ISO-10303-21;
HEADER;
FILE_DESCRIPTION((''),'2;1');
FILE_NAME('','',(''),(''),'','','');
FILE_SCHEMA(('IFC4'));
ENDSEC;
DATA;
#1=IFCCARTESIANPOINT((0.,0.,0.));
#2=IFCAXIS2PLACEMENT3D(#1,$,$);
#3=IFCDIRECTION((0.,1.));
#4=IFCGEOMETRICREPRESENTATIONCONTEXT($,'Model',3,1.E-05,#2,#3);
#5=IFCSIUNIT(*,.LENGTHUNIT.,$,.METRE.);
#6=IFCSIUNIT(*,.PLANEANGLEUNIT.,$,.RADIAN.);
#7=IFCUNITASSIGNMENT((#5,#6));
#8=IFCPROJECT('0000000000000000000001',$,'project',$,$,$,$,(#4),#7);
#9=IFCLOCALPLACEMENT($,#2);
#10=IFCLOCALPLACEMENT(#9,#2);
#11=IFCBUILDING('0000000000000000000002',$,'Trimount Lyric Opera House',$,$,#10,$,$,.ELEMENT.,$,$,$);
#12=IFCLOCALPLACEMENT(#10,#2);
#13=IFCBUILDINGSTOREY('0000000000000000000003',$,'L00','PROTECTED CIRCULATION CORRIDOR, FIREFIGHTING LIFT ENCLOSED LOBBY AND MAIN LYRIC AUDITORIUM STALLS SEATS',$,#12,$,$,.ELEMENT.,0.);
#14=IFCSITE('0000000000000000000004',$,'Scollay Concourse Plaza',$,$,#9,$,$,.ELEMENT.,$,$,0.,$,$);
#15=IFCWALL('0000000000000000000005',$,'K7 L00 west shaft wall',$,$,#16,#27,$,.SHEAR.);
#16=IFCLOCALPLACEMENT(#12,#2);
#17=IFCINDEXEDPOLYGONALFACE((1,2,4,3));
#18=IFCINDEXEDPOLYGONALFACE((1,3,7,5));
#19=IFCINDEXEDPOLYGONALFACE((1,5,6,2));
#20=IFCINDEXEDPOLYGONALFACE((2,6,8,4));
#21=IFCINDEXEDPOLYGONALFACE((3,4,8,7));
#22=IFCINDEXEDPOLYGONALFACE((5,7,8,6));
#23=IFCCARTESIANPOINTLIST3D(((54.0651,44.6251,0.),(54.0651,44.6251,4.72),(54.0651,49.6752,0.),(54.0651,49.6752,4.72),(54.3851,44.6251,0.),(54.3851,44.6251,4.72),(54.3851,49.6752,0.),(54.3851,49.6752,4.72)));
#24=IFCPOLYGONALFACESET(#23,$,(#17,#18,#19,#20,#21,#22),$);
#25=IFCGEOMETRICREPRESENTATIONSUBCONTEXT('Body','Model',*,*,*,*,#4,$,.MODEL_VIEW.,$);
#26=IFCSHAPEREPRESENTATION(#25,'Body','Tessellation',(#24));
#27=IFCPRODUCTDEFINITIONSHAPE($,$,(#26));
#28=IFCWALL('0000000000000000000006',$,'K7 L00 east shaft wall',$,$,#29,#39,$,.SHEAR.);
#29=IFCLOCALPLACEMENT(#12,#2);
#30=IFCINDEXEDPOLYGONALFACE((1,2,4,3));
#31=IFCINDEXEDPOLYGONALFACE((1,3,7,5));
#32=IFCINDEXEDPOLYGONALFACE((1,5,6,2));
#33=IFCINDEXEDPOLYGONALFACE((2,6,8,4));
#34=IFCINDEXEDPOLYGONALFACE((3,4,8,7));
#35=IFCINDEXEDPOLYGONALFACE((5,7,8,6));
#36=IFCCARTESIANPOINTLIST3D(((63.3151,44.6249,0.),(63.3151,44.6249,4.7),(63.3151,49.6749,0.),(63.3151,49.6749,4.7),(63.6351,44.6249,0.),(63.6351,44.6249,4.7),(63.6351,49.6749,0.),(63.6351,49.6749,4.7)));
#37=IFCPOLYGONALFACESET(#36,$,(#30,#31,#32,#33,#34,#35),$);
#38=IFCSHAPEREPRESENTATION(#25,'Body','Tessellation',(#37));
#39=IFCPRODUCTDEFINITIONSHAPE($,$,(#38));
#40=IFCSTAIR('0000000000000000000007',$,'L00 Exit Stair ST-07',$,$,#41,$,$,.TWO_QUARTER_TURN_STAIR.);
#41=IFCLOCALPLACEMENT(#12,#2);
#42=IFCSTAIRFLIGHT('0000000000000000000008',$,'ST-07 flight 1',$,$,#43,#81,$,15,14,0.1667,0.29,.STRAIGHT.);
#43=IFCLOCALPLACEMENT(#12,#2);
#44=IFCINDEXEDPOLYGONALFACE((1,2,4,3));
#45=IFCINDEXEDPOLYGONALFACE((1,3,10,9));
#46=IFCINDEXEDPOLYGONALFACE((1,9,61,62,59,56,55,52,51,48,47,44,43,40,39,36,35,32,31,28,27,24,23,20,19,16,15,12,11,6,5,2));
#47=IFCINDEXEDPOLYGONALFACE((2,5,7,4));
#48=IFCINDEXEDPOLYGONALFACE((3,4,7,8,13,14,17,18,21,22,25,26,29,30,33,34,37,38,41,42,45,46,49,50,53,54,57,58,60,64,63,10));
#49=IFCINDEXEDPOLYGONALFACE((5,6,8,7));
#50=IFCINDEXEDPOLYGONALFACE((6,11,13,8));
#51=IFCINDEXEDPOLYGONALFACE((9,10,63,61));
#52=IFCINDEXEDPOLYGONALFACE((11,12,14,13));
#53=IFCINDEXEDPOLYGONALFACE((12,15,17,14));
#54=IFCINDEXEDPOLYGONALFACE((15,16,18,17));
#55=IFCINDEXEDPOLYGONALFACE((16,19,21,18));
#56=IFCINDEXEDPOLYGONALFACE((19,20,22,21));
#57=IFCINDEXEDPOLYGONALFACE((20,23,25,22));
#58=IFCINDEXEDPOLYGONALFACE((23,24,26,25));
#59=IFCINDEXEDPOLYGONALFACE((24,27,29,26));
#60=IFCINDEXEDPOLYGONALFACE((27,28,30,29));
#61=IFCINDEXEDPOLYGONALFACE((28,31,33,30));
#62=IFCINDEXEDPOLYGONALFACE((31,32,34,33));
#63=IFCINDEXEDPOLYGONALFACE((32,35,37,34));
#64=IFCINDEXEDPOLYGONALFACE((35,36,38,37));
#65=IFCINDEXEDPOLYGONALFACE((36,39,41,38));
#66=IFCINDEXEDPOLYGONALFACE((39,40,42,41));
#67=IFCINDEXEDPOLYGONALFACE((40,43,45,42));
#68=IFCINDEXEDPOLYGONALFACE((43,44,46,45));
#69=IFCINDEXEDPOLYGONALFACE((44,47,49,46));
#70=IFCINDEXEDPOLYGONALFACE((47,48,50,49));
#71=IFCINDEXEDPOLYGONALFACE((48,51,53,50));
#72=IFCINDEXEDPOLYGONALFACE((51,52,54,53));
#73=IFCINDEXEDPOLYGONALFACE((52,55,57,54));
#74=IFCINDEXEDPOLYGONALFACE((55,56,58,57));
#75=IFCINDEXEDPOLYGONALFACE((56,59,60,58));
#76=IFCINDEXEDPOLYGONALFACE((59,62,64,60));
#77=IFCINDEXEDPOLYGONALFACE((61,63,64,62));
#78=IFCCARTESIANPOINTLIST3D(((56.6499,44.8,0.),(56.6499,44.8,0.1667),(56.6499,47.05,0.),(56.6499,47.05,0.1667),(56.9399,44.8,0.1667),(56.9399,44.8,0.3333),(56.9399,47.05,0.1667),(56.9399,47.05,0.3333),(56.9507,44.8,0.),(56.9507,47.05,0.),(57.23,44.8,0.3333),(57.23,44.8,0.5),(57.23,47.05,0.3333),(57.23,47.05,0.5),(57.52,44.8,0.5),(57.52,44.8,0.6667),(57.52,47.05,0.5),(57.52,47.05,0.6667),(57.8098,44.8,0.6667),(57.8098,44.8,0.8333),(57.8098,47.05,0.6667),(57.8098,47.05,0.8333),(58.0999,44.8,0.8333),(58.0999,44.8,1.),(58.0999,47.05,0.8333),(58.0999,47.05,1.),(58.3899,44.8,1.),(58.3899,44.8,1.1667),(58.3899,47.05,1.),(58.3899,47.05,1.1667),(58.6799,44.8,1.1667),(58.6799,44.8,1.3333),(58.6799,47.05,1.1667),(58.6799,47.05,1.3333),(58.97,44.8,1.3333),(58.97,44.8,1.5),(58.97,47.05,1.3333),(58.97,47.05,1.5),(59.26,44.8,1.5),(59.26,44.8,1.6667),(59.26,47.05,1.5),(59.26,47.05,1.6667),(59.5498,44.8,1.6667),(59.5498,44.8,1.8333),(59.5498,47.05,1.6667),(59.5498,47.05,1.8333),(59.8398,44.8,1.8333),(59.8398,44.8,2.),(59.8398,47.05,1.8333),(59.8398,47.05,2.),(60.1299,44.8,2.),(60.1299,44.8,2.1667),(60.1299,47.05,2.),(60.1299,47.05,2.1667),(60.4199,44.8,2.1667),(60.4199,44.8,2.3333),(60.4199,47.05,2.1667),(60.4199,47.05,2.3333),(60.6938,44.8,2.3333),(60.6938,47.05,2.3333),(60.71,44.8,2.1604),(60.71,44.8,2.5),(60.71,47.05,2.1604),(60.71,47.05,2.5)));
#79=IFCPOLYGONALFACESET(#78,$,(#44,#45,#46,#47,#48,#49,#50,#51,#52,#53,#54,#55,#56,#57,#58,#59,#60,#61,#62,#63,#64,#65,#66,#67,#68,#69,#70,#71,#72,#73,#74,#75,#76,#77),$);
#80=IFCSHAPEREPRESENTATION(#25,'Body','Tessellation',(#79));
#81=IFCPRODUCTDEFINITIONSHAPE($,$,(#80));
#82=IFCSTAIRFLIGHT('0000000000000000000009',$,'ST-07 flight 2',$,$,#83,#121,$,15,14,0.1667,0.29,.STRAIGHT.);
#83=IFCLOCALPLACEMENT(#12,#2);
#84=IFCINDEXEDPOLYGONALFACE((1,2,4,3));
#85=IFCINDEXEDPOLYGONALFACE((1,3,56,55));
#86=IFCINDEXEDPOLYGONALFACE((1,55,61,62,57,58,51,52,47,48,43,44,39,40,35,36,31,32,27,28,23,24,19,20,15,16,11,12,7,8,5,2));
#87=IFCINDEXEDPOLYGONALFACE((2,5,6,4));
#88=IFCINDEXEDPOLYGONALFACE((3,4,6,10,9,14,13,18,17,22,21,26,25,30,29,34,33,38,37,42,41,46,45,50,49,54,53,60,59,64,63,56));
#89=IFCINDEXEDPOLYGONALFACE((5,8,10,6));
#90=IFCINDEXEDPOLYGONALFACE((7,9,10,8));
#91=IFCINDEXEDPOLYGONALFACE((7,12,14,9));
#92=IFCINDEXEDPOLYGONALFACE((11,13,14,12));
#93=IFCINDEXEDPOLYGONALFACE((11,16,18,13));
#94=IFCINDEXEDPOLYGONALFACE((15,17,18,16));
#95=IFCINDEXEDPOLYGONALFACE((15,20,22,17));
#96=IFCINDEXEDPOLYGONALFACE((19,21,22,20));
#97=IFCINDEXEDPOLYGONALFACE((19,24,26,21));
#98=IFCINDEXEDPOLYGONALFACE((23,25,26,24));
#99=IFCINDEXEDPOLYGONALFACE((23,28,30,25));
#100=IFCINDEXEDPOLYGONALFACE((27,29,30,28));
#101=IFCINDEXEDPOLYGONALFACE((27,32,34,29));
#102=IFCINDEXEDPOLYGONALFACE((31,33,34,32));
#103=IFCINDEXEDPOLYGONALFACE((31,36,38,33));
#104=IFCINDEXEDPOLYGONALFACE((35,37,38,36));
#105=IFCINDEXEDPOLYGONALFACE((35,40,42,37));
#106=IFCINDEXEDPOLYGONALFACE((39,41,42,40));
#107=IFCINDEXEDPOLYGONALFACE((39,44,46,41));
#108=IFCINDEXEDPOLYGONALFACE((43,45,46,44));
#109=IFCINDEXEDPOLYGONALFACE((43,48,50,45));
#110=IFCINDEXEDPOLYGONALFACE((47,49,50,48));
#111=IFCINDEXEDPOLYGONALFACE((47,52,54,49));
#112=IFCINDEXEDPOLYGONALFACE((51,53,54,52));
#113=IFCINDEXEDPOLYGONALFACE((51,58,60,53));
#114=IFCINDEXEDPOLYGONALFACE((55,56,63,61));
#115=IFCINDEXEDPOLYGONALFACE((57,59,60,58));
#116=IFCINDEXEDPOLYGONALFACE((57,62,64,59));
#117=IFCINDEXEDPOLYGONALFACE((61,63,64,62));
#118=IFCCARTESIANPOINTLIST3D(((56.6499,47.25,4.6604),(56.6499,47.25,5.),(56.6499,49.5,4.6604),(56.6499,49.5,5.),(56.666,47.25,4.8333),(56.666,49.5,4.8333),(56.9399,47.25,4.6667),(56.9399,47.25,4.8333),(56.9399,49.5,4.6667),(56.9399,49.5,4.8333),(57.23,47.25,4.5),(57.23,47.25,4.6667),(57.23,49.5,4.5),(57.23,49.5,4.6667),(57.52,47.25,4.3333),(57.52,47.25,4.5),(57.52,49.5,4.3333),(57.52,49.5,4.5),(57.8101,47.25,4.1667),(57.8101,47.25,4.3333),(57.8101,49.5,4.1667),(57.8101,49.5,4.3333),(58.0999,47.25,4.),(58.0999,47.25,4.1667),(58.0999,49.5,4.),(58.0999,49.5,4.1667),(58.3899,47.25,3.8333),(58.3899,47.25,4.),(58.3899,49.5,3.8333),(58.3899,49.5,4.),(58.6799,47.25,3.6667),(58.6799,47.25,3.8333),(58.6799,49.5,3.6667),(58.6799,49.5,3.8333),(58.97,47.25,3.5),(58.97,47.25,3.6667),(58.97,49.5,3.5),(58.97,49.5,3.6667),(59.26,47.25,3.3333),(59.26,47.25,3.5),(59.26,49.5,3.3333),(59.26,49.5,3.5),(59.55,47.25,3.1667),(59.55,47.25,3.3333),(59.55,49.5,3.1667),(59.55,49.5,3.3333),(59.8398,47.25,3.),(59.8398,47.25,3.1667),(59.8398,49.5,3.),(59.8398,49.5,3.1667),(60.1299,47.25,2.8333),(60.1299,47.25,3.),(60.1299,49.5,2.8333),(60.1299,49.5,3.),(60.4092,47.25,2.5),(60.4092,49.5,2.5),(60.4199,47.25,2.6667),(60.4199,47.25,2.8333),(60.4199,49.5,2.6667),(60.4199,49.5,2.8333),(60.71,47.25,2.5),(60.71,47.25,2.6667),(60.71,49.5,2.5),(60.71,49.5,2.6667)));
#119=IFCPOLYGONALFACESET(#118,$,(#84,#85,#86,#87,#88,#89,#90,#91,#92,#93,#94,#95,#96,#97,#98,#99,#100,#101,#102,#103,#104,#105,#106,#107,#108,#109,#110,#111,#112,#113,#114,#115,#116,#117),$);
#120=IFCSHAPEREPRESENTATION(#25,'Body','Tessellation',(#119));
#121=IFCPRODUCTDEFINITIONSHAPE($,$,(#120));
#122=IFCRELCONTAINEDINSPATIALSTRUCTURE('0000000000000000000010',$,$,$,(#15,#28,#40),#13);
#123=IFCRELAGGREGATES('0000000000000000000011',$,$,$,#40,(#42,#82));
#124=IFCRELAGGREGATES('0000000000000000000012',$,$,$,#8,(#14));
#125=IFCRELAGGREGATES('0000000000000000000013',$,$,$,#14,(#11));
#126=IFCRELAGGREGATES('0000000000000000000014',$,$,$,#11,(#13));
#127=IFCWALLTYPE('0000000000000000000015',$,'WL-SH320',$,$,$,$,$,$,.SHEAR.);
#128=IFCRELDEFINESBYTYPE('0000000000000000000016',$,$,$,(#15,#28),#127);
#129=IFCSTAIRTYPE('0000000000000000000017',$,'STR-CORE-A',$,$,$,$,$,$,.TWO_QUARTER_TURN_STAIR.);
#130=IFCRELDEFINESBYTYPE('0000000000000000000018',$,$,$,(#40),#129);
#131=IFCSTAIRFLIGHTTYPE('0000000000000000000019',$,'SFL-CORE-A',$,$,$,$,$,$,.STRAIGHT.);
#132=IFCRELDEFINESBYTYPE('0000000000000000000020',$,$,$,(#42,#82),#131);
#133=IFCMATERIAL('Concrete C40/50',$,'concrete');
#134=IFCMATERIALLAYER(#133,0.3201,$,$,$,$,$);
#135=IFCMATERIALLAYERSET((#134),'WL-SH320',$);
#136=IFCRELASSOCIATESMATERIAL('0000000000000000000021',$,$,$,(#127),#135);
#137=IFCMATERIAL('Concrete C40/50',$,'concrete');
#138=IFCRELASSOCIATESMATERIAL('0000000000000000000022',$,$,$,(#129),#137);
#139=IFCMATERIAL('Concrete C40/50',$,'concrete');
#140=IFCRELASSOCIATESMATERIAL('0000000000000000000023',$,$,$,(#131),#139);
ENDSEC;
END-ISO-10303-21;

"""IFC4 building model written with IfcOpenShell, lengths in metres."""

from ifc_helpers import new_model, si_unit, direction, frame, frame_2d, origin, place, context, subcontext, project, spatial, polyline, rectangle, outline, extrude, material, layer, layer_set, type_object, element, aggregate, save


model = new_model("IFC4")

# Units and contexts
model_context = context("Model", 3, precision=1e-05, world=origin(), true_north=direction((0.0, 1.0)))
body_context = subcontext(model_context, "Body", "Model", "MODEL_VIEW")
ifc_project = project(units=[si_unit("LENGTHUNIT", "METRE"), si_unit("PLANEANGLEUNIT", "RADIAN")], contexts=[model_context])

# Site, building, storey
site_placement = place(None, origin())
site = spatial("IfcSite", under=ifc_project, at=site_placement, Name="Scollay Concourse Plaza", CompositionType="ELEMENT", RefElevation=0.0)
building_placement = place(site_placement, origin())
building = spatial("IfcBuilding", under=site, at=building_placement, Name="Trimount Lyric Opera House", CompositionType="ELEMENT")
storey_placement = place(building_placement, origin())
storey = spatial("IfcBuildingStorey", under=building, at=storey_placement, Name="L00", Description="PROTECTED CIRCULATION CORRIDOR, FIREFIGHTING LIFT ENCLOSED LOBBY AND MAIN LYRIC AUDITORIUM STALLS SEATS", CompositionType="ELEMENT", Elevation=0.0)

# Walls
ifc_material_1 = material(Name="Concrete C40/50", Category="concrete")
ifc_layer_1 = layer(ifc_material_1, 0.3201)
ifc_layer_set_1 = layer_set([ifc_layer_1], Name="WL-SH320")
wall_type_1 = type_object("IfcWallType", Name="WL-SH320", PredefinedType="SHEAR", material=ifc_layer_set_1)
wall_1_placement = place(storey_placement, frame((54.2251, 49.675, 0.0), z_axis=(0.0, 0.0, 1.0), x_axis=(0.0, -1.0, 0.0)))
element("IfcWall", 1, at=wall_1_placement, inside=storey, type_object=wall_type_1, Name="K7 L00 west shaft wall", PredefinedType="SHEAR", context=body_context, shape_type="SweptSolid", body=[
    extrude(rectangle(XDim=5.05, YDim=0.3201, at=frame_2d((2.5249, 0.0))), origin(), (0.0, 0.0, 1.0), 4.72),
])
wall_2_placement = place(storey_placement, frame((63.4751, 44.625, 0.0), z_axis=(0.0, 0.0, 1.0), x_axis=(0.0, 1.0, 0.0)))
element("IfcWall", 2, at=wall_2_placement, inside=storey, type_object=wall_type_1, Name="K7 L00 east shaft wall", PredefinedType="SHEAR", context=body_context, shape_type="SweptSolid", body=[
    extrude(rectangle(XDim=5.05, YDim=0.3201, at=frame_2d((2.5249, 0.0))), origin(), (0.0, 0.0, 1.0), 4.7),
])

# Stair, stair flights
ifc_material_2 = material(Name="Concrete C40/50", Category="concrete")
stair_type = type_object("IfcStairType", Name="STR-CORE-A", PredefinedType="TWO_QUARTER_TURN_STAIR", material=ifc_material_2)
stair_placement = place(storey_placement, origin())
stair = element("IfcStair", 3, at=stair_placement, inside=storey, type_object=stair_type, Name="L00 Exit Stair ST-07", PredefinedType="TWO_QUARTER_TURN_STAIR")
ifc_material_3 = material(Name="Concrete C40/50", Category="concrete")
stair_flight_type = type_object("IfcStairFlightType", Name="SFL-CORE-A", PredefinedType="STRAIGHT", material=ifc_material_3)
stair_flight_1_placement = place(storey_placement, frame((56.6499, 45.925, 0.0), z_axis=(0.0, 0.0, 1.0), x_axis=(1.0, 0.0, 0.0)))
stair_flight_1 = element("IfcStairFlight", 4, at=stair_flight_1_placement, type_object=stair_flight_type, Name="ST-07 flight 1", NumberOfRisers=15, NumberOfTreads=14, PredefinedType="STRAIGHT", RiserHeight=0.1667, TreadLength=0.29, context=body_context, shape_type="SweptSolid", body=[
    extrude(outline(polyline([(0.0, 0.0), (0.0, 0.1667), (0.29, 0.1667), (0.29, 0.3333), (0.5801, 0.3333), (0.5801, 0.5), (0.8701, 0.5), (0.8701, 0.6667), (1.1599, 0.6667), (1.1599, 0.8333), (1.45, 0.8333), (1.45, 1.0), (1.74, 1.0), (1.74, 1.1667), (2.03, 1.1667), (2.03, 1.3333), (2.3201, 1.3333), (2.3201, 1.5), (2.6101, 1.5), (2.6101, 1.6667), (2.8999, 1.6667), (2.8999, 1.8333), (3.1899, 1.8333), (3.1899, 2.0), (3.48, 2.0), (3.48, 2.1667), (3.77, 2.1667), (3.77, 2.3333), (4.0439, 2.3333), (4.0601, 2.5), (4.0601, 2.1604), (0.3008, 0.0), (0.0, 0.0)])), frame((0.0, 1.125, 0.0), z_axis=(0.0, -1.0, 0.0), x_axis=(1.0, 0.0, 0.0)), (0.0, 0.0, 1.0), 2.25),
])
stair_flight_2_placement = place(storey_placement, frame((60.71, 48.375, 2.5), z_axis=(0.0, 0.0, 1.0), x_axis=(-1.0, 0.0, 0.0)))
stair_flight_2 = element("IfcStairFlight", 5, at=stair_flight_2_placement, type_object=stair_flight_type, Name="ST-07 flight 2", NumberOfRisers=15, NumberOfTreads=14, PredefinedType="STRAIGHT", RiserHeight=0.1667, TreadLength=0.29, context=body_context, shape_type="SweptSolid", body=[
    extrude(outline(polyline([(0.0, 0.0), (0.0, 0.1667), (0.29, 0.1667), (0.29, 0.3333), (0.5801, 0.3333), (0.5801, 0.5), (0.8701, 0.5), (0.8701, 0.6667), (1.1599, 0.6667), (1.1599, 0.8333), (1.45, 0.8333), (1.45, 1.0), (1.74, 1.0), (1.74, 1.1667), (2.03, 1.1667), (2.03, 1.3333), (2.3201, 1.3333), (2.3201, 1.5), (2.6101, 1.5), (2.6101, 1.6667), (2.8999, 1.6667), (2.8999, 1.8333), (3.1899, 1.8333), (3.1899, 2.0), (3.48, 2.0), (3.48, 2.1667), (3.77, 2.1667), (3.77, 2.3333), (4.0439, 2.3333), (4.0601, 2.5), (4.0601, 2.1604), (0.3008, 0.0), (0.0, 0.0)])), frame((0.0, 1.125, 0.0), z_axis=(0.0, -1.0, 0.0), x_axis=(1.0, 0.0, 0.0)), (0.0, 0.0, 1.0), 2.25),
])
aggregate(stair, [stair_flight_1, stair_flight_2])

save(model, "model.ifc")
